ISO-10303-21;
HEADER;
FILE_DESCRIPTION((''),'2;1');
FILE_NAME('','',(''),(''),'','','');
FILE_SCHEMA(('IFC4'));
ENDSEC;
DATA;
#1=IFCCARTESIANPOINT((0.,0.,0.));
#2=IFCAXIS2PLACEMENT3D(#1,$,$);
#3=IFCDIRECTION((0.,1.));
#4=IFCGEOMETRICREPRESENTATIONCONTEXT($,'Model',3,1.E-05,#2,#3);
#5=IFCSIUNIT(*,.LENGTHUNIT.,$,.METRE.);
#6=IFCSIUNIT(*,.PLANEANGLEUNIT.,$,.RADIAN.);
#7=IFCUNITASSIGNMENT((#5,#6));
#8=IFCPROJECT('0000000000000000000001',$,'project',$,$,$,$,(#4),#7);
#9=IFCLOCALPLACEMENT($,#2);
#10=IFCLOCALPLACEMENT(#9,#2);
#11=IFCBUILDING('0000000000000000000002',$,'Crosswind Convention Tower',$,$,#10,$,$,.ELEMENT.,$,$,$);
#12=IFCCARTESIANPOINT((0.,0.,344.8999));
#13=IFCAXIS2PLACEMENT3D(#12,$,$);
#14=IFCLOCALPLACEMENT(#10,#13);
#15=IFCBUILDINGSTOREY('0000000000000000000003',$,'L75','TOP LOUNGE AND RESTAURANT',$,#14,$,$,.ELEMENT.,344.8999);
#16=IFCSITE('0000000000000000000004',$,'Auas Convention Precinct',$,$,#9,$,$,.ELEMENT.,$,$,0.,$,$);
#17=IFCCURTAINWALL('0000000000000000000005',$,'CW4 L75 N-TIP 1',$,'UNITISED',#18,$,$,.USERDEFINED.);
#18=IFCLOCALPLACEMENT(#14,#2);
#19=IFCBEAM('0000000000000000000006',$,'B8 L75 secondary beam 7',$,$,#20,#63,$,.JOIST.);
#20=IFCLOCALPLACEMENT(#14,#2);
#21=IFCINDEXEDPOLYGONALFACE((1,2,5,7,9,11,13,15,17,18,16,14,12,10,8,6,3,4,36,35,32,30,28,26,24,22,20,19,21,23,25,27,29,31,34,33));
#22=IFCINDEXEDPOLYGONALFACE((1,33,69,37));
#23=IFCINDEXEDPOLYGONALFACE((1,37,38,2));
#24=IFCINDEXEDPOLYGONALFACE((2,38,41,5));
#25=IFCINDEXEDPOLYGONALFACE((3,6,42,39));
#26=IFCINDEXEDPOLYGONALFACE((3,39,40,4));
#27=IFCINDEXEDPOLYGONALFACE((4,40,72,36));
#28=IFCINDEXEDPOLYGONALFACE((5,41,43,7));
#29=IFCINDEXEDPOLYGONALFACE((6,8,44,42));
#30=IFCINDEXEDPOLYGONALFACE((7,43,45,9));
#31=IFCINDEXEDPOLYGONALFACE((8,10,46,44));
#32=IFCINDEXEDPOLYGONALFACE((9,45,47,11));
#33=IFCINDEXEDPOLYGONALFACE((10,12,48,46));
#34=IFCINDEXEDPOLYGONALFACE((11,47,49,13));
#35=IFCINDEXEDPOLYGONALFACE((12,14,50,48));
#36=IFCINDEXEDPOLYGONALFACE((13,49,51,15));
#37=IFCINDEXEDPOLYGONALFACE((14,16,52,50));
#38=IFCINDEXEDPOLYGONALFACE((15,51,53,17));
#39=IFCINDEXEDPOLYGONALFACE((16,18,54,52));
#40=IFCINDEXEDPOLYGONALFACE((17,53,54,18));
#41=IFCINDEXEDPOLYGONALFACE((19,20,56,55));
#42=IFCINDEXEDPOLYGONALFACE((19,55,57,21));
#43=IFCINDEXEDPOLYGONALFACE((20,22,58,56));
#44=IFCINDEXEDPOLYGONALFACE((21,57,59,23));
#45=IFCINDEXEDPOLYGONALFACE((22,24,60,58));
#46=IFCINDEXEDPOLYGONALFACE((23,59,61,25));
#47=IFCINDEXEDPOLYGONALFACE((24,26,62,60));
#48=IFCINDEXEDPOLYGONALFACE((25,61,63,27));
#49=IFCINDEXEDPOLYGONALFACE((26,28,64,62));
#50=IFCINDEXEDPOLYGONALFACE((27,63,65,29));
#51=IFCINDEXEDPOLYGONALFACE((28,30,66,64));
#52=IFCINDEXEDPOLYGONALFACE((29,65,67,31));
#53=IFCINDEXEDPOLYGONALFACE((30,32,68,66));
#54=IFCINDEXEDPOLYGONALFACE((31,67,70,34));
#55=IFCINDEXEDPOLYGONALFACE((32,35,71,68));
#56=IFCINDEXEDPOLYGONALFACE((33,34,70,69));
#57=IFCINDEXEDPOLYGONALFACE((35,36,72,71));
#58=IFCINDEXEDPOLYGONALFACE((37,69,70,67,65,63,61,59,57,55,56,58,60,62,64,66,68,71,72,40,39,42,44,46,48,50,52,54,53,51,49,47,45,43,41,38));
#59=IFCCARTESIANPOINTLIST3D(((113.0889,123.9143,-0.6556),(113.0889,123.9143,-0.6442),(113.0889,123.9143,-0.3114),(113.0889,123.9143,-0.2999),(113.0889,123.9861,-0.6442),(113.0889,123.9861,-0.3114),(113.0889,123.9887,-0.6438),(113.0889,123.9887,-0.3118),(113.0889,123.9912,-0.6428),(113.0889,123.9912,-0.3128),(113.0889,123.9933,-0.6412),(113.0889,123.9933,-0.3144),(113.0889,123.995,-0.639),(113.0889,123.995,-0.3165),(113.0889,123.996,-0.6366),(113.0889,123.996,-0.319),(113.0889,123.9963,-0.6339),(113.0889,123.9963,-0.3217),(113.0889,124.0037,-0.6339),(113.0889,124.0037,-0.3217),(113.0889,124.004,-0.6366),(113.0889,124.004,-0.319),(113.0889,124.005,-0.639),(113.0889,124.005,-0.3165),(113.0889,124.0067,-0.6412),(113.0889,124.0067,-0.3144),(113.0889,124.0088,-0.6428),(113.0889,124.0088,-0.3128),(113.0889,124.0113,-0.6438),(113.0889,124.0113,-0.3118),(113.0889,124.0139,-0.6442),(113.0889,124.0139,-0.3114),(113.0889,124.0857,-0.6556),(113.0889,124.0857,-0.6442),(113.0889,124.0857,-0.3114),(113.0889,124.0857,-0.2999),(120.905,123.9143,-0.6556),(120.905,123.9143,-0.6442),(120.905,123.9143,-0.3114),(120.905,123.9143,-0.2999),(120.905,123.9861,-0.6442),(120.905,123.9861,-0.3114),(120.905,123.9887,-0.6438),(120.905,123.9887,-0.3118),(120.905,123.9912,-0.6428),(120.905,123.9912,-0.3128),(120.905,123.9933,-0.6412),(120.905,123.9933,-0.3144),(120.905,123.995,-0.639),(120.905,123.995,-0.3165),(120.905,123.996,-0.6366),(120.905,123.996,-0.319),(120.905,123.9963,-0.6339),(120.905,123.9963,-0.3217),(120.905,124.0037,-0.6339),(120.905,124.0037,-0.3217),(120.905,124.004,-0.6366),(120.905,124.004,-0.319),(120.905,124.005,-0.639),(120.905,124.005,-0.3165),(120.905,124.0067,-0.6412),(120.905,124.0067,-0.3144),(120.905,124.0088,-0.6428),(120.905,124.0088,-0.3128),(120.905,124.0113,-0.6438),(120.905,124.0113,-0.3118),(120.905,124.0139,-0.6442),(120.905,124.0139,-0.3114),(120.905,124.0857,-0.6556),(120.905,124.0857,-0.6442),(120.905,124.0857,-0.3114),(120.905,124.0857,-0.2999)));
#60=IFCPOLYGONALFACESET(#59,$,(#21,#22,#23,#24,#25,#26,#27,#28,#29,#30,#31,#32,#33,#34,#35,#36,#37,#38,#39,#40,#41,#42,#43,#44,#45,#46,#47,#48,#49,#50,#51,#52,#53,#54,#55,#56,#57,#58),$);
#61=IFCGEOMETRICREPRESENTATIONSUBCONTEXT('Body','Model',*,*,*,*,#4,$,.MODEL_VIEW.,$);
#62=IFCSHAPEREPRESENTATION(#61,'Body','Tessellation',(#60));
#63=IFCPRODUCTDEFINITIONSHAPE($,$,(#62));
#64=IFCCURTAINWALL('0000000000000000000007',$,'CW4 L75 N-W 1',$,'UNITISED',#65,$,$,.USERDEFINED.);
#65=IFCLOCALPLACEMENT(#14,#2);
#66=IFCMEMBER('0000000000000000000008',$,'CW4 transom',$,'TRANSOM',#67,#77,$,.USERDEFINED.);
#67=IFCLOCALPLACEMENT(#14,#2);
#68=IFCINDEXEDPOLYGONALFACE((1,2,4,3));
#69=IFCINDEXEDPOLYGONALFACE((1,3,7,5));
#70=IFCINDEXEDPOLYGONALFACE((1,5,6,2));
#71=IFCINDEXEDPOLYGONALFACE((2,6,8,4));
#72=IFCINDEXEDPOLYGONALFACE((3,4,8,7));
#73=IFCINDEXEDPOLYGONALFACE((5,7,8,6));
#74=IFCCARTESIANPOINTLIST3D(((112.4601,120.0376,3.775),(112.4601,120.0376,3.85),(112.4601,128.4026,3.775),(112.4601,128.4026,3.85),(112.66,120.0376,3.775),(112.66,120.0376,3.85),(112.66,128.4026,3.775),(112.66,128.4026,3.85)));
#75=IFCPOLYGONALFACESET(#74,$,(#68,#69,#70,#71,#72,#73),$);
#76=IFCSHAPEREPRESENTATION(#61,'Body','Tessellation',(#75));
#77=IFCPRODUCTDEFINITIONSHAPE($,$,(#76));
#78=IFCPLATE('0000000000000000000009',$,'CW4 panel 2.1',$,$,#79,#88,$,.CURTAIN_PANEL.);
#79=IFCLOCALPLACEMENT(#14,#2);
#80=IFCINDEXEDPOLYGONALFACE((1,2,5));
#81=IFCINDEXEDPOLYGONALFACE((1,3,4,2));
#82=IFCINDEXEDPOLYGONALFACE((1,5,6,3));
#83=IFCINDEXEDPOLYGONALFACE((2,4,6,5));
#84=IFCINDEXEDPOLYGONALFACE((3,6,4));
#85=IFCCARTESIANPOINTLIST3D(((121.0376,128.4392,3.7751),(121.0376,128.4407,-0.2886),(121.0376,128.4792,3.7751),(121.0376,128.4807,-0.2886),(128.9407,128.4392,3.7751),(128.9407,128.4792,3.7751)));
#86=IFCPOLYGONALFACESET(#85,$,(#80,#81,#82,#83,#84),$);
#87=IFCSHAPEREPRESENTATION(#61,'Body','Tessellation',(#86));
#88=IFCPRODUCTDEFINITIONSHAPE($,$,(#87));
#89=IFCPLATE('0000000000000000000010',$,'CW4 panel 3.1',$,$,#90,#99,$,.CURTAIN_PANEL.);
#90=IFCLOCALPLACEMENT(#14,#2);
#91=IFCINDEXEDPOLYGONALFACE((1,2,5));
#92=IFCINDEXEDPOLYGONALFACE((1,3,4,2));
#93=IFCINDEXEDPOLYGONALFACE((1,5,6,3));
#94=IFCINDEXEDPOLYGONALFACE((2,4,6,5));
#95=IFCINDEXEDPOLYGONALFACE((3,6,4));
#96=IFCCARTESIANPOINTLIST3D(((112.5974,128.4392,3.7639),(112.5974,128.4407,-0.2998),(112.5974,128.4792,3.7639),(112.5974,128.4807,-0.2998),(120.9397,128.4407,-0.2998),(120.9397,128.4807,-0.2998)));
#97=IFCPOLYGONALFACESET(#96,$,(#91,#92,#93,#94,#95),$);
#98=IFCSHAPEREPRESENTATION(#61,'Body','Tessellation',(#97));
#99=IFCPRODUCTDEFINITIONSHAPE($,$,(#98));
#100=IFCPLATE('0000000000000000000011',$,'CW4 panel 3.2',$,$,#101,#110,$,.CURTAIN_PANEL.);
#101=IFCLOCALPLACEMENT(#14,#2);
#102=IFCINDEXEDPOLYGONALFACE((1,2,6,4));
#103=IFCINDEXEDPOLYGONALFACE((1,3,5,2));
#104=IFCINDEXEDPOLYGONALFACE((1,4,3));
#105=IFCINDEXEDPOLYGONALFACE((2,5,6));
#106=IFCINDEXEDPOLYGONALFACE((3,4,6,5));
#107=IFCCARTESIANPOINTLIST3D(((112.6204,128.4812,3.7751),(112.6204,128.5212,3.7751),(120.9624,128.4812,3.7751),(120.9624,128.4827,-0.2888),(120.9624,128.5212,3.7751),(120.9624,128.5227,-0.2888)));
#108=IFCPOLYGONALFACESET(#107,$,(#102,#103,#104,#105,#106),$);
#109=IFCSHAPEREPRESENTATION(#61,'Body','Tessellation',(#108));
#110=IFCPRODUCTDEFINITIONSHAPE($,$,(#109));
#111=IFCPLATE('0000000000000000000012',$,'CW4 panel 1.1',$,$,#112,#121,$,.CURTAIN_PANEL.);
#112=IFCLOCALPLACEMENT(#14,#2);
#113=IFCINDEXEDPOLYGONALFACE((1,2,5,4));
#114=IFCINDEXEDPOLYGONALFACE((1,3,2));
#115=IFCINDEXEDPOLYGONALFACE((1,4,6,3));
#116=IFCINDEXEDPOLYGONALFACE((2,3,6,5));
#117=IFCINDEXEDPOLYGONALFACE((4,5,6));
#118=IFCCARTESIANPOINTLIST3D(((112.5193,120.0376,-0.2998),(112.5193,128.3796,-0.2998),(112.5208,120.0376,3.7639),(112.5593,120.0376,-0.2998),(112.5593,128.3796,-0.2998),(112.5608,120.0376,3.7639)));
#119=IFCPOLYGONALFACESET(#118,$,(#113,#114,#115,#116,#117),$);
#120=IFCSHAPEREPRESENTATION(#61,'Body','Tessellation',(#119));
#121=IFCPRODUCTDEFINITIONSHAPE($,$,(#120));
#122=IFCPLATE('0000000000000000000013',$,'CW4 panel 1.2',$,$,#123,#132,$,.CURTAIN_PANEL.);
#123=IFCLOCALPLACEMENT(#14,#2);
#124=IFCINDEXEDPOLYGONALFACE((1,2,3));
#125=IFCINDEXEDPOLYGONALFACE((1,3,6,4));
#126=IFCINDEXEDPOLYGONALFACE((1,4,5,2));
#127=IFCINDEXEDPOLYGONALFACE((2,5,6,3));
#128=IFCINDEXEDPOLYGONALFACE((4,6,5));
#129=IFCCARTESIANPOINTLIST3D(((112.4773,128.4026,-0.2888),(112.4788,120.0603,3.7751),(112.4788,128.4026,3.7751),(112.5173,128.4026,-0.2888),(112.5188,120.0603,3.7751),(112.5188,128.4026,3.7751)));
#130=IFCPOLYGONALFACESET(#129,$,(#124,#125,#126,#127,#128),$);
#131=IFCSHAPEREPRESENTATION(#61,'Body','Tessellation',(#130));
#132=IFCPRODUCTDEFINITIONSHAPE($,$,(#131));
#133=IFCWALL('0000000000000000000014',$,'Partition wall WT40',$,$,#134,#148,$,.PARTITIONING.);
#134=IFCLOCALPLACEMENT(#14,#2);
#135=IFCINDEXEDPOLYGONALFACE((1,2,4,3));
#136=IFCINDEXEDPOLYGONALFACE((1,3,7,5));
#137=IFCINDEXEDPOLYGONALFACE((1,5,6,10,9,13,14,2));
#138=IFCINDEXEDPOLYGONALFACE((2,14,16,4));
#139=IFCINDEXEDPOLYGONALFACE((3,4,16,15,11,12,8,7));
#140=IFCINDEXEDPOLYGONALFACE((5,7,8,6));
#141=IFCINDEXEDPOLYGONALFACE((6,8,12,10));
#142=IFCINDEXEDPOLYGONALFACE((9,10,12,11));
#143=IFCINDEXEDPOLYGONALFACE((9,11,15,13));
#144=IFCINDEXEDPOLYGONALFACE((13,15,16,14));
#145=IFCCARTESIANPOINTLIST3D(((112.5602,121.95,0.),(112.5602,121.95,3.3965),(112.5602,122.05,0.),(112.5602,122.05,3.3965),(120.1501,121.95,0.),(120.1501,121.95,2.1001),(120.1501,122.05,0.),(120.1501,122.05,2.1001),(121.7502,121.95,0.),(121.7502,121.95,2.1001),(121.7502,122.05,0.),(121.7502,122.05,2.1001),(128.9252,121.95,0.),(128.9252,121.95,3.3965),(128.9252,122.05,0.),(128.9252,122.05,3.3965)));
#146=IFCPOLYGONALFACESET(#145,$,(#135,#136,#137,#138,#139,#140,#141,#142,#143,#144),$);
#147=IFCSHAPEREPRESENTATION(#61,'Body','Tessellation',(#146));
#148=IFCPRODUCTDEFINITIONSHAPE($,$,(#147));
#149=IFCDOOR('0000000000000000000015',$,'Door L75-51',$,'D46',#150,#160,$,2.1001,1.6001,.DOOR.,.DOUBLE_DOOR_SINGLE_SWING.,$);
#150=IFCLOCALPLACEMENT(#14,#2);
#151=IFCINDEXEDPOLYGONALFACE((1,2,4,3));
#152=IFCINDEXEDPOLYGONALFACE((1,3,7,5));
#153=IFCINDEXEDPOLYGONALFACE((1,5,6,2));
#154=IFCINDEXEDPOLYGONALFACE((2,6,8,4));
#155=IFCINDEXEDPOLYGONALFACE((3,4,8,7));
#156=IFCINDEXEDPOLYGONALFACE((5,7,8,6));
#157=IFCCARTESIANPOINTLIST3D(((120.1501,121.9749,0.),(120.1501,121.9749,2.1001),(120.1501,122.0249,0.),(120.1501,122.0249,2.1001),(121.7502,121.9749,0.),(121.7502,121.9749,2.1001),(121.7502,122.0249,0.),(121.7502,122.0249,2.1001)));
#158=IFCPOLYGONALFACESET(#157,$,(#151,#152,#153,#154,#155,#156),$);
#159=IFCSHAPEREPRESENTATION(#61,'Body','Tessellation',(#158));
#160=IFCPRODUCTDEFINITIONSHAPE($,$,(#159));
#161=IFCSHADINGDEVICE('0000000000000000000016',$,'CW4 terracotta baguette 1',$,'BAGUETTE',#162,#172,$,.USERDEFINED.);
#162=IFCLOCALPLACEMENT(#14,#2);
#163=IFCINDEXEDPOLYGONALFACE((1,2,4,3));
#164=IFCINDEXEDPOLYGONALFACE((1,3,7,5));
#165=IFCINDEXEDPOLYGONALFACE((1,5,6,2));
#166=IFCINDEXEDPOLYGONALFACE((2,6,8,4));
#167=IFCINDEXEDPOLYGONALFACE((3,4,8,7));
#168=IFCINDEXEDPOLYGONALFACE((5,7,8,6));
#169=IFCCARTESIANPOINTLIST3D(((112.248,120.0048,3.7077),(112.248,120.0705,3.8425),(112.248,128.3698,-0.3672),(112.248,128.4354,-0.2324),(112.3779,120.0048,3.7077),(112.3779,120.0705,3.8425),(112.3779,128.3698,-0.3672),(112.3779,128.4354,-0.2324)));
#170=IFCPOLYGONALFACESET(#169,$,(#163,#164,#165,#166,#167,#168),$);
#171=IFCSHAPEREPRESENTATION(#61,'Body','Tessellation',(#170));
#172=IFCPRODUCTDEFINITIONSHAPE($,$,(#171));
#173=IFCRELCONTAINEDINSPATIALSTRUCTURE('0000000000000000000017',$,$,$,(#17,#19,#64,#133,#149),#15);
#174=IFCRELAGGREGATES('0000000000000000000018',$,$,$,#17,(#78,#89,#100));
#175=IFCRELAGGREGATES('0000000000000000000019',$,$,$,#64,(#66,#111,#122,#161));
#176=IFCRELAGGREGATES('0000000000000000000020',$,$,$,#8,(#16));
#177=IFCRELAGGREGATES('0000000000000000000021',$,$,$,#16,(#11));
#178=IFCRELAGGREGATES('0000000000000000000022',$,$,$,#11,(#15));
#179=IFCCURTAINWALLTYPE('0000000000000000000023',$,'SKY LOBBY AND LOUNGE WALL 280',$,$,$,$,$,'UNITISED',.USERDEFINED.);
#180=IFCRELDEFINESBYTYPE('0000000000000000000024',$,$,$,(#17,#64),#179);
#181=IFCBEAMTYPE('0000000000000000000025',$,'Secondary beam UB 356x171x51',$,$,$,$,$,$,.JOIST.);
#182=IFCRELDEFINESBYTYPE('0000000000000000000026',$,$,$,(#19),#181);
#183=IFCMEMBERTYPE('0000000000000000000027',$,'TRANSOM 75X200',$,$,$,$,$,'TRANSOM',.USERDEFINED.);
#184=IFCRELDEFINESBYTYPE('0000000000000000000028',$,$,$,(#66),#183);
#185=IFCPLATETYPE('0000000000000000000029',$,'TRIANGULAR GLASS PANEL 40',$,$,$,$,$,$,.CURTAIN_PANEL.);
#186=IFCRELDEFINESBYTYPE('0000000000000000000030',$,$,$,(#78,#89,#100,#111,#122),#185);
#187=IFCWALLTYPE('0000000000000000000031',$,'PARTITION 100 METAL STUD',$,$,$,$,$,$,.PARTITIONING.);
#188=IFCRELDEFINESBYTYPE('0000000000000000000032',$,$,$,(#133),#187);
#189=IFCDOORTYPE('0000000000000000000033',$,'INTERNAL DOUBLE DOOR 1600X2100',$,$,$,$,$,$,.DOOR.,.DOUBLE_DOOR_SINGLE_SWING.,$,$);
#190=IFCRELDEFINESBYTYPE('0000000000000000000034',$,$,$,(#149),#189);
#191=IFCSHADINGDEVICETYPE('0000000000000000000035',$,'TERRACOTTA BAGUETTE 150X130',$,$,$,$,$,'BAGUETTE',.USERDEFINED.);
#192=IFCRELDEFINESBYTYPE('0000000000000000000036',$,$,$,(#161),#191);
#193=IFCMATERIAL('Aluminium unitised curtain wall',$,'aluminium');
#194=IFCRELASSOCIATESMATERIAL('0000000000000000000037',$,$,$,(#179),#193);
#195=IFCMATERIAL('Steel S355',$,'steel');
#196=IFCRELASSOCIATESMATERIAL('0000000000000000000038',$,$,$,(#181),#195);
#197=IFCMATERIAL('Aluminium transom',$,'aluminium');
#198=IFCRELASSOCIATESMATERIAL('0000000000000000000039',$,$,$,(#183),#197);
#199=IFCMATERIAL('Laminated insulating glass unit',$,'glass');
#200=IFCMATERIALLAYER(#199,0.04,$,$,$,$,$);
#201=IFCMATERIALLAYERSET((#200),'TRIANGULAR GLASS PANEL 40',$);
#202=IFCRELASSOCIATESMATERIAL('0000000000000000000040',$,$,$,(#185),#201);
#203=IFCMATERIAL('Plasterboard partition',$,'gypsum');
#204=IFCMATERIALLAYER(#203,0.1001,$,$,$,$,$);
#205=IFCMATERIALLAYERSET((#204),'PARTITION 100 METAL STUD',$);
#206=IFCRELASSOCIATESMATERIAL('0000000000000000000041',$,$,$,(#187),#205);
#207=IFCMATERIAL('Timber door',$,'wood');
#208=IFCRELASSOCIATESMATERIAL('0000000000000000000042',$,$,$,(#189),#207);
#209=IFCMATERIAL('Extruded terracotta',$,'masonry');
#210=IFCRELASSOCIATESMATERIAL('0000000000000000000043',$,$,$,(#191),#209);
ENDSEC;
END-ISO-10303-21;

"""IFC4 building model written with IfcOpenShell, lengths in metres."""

from ifc_helpers import new_model, si_unit, direction, frame, frame_2d, origin, origin_2d, place, context, subcontext, project, spatial, polyline, rectangle, i_section, outline, extrude, material, layer, layer_set, material_profile, profile_set, type_object, element, fill, aggregate, save


model = new_model("IFC4")

# Units and contexts
model_context = context("Model", 3, precision=1e-05, world=origin(), true_north=direction((0.0, 1.0)))
body_context = subcontext(model_context, "Body", "Model", "MODEL_VIEW")
ifc_project = project(units=[si_unit("LENGTHUNIT", "METRE"), si_unit("PLANEANGLEUNIT", "RADIAN")], contexts=[model_context])

# Site, building, storey
site_placement = place(None, origin())
site = spatial("IfcSite", under=ifc_project, at=site_placement, Name="Auas Convention Precinct", CompositionType="ELEMENT", RefElevation=0.0)
building_placement = place(site_placement, origin())
building = spatial("IfcBuilding", under=site, at=building_placement, Name="Crosswind Convention Tower", CompositionType="ELEMENT")
storey_placement = place(building_placement, frame((0.0, 0.0, 344.8999)))
storey = spatial("IfcBuildingStorey", under=building, at=storey_placement, Name="L75", Description="TOP LOUNGE AND RESTAURANT", CompositionType="ELEMENT", Elevation=344.8999)

# Shared definitions
ifc_material_1 = material(Name="Steel S355", Category="steel")

# Curtain wall
ifc_material_2 = material(Name="Aluminium unitised curtain wall", Category="aluminium")
curtain_wall_type = type_object("IfcCurtainWallType", Name="SKY LOBBY AND LOUNGE WALL 280", ElementType="UNITISED", PredefinedType="USERDEFINED", material=ifc_material_2)
curtain_wall_1_placement = place(storey_placement, origin())
curtain_wall_1 = element("IfcCurtainWall", 1, at=curtain_wall_1_placement, inside=storey, type_object=curtain_wall_type, Name="CW4 L75 N-TIP 1", ObjectType="UNITISED", PredefinedType="USERDEFINED")

# Beam
ifc_material_profile_1 = material_profile(ifc_material_1, i_section(OverallWidth=0.1714, OverallDepth=0.3557, WebThickness=0.0073, FlangeThickness=0.0115, FilletRadius=0.0103, at=origin_2d()), Name="UB 356x171x51")
ifc_profile_set_1 = profile_set([ifc_material_profile_1], Name="Steel S355")
beam_type_1 = type_object("IfcBeamType", Name="Secondary beam UB 356x171x51", PredefinedType="JOIST", material=ifc_profile_set_1)
beam_1_placement = place(storey_placement, frame((113.0889, 124.0, -0.4778), z_axis=(1.0, 0.0, 0.0), x_axis=(0.0, 1.0, 0.0)))
element("IfcBeam", 2, at=beam_1_placement, inside=storey, type_object=beam_type_1, Name="B8 L75 secondary beam 7", PredefinedType="JOIST", context=body_context, shape_type="SweptSolid", body=[
    extrude(i_section(OverallWidth=0.1714, OverallDepth=0.3557, WebThickness=0.0073, FlangeThickness=0.0115, FilletRadius=0.0103, at=origin_2d()), origin(), (0.0, 0.0, 1.0), 7.8162),
])

# Curtain wall, member
curtain_wall_2_placement = place(storey_placement, origin())
curtain_wall_2 = element("IfcCurtainWall", 3, at=curtain_wall_2_placement, inside=storey, type_object=curtain_wall_type, Name="CW4 L75 N-W 1", ObjectType="UNITISED", PredefinedType="USERDEFINED")
ifc_material_3 = material(Name="Aluminium transom", Category="aluminium")
ifc_material_profile_2 = material_profile(ifc_material_3, rectangle(XDim=0.2, YDim=0.075, at=origin_2d()), Name="AL 200X75")
ifc_profile_set_2 = profile_set([ifc_material_profile_2], Name="Aluminium transom")
member_type_1 = type_object("IfcMemberType", Name="TRANSOM 75X200", ElementType="TRANSOM", PredefinedType="USERDEFINED", material=ifc_profile_set_2)
member_1_placement = place(storey_placement, frame((112.5601, 128.4026, 3.8125), z_axis=(0.0, -1.0, 0.0), x_axis=(1.0, 0.0, 0.0)))
member_1 = element("IfcMember", 4, at=member_1_placement, type_object=member_type_1, Name="CW4 transom", ObjectType="TRANSOM", PredefinedType="USERDEFINED", context=body_context, shape_type="SweptSolid", body=[
    extrude(rectangle(XDim=0.2, YDim=0.075, at=origin_2d()), origin(), (0.0, 0.0, 1.0), 8.365),
])

# Plates
ifc_material_4 = material(Name="Laminated insulating glass unit", Category="glass")
ifc_layer_1 = layer(ifc_material_4, 0.04)
ifc_layer_set_1 = layer_set([ifc_layer_1], Name="TRIANGULAR GLASS PANEL 40")
plate_type = type_object("IfcPlateType", Name="TRIANGULAR GLASS PANEL 40", PredefinedType="CURTAIN_PANEL", material=ifc_layer_set_1)
plate_1_placement = place(storey_placement, frame((121.0376, 128.4792, 3.7751), z_axis=(0.0, 1.0, 0.00036), x_axis=(1.0, 0.0, 0.0)))
plate_1 = element("IfcPlate", 5, at=plate_1_placement, type_object=plate_type, Name="CW4 panel 2.1", PredefinedType="CURTAIN_PANEL", context=body_context, shape_type="SweptSolid", body=[
    extrude(outline(polyline([(0.0, 0.0), (7.9031, 0.0), (0.0, 4.0637), (0.0, 0.0)])), origin(), (0.0, 0.0, -1.0), 0.04),
])
plate_2_placement = place(storey_placement, frame((112.5974, 128.4807, -0.2998), z_axis=(0.0, 1.0, 0.00036), x_axis=(0.0, -0.00036, 1.0)))
plate_2 = element("IfcPlate", 6, at=plate_2_placement, type_object=plate_type, Name="CW4 panel 3.1", PredefinedType="CURTAIN_PANEL", context=body_context, shape_type="SweptSolid", body=[
    extrude(outline(polyline([(0.0, 0.0), (4.0637, 0.0), (0.0, 8.3423), (0.0, 0.0)])), origin(), (0.0, 0.0, -1.0), 0.04),
])
plate_3_placement = place(storey_placement, frame((120.9624, 128.5212, 3.7751), z_axis=(0.0, 1.0, 0.00036), x_axis=(0.0, 0.00036, -1.0)))
plate_3 = element("IfcPlate", 7, at=plate_3_placement, type_object=plate_type, Name="CW4 panel 3.2", PredefinedType="CURTAIN_PANEL", context=body_context, shape_type="SweptSolid", body=[
    extrude(outline(polyline([(0.0, 0.0), (4.064, 0.0), (0.0, 8.342), (0.0, 0.0)])), origin(), (0.0, 0.0, -1.0), 0.04),
])
aggregate(curtain_wall_1, [plate_1, plate_2, plate_3])
plate_4_placement = place(storey_placement, frame((112.5193, 120.0376, -0.2998), z_axis=(-1.0, 0.0, 0.00036), x_axis=(0.00036, 0.0, 1.0)))
plate_4 = element("IfcPlate", 8, at=plate_4_placement, type_object=plate_type, Name="CW4 panel 1.1", PredefinedType="CURTAIN_PANEL", context=body_context, shape_type="SweptSolid", body=[
    extrude(outline(polyline([(0.0, 0.0), (4.0637, 0.0), (0.0, 8.342), (0.0, 0.0)])), origin(), (0.0, 0.0, -1.0), 0.04),
])
plate_5_placement = place(storey_placement, frame((112.4788, 128.4026, 3.7751), z_axis=(-1.0, 0.0, 0.00036), x_axis=(-0.00036, 0.0, -1.0)))
plate_5 = element("IfcPlate", 9, at=plate_5_placement, type_object=plate_type, Name="CW4 panel 1.2", PredefinedType="CURTAIN_PANEL", context=body_context, shape_type="SweptSolid", body=[
    extrude(outline(polyline([(0.0, 0.0), (4.064, 0.0), (0.0, 8.3423), (0.0, 0.0)])), origin(), (0.0, 0.0, -1.0), 0.04),
])

# Wall, opening, door
ifc_material_5 = material(Name="Plasterboard partition", Category="gypsum")
ifc_layer_2 = layer(ifc_material_5, 0.1001)
ifc_layer_set_2 = layer_set([ifc_layer_2], Name="PARTITION 100 METAL STUD")
wall_type = type_object("IfcWallType", Name="PARTITION 100 METAL STUD", PredefinedType="PARTITIONING", material=ifc_layer_set_2)
wall_placement = place(storey_placement, frame((112.5601, 122.0, 0.0), z_axis=(0.0, 0.0, 1.0), x_axis=(1.0, 0.0, 0.0)))
wall = element("IfcWall", 10, at=wall_placement, inside=storey, type_object=wall_type, Name="Partition wall WT40", PredefinedType="PARTITIONING", context=body_context, shape_type="SweptSolid", body=[
    extrude(rectangle(XDim=16.365, YDim=0.1001, at=frame_2d((8.1826, 0.0))), origin(), (0.0, 0.0, 1.0), 3.3965),
])
opening_placement = place(wall_placement, frame((7.5901, 0.0, 0.0)))
opening = element("IfcOpeningElement", 11, at=opening_placement, cuts=wall, PredefinedType="OPENING", context=body_context, shape_type="SweptSolid", body=[
    extrude(rectangle(XDim=1.6001, YDim=2.1001, at=frame_2d((0.8, 1.05))), frame((0.0, 0.0601, 0.0), z_axis=(0.0, -1.0, 0.0), x_axis=(1.0, 0.0, 0.0)), (0.0, 0.0, 1.0), 0.1201),
])
ifc_material_6 = material(Name="Timber door", Category="wood")
door_type = type_object("IfcDoorType", Name="INTERNAL DOUBLE DOOR 1600X2100", OperationType="DOUBLE_DOOR_SINGLE_SWING", PredefinedType="DOOR", material=ifc_material_6)
door_placement = place(opening_placement, origin())
door = element("IfcDoor", 12, at=door_placement, inside=storey, type_object=door_type, Name="Door L75-51", ObjectType="D46", OperationType="DOUBLE_DOOR_SINGLE_SWING", OverallHeight=2.1001, OverallWidth=1.6001, PredefinedType="DOOR", context=body_context, shape_type="SweptSolid", body=[
    extrude(rectangle(XDim=1.6001, YDim=2.1001, at=frame_2d((0.8, 1.05))), frame((0.0, 0.0249, 0.0), z_axis=(0.0, -1.0, 0.0), x_axis=(1.0, 0.0, 0.0)), (0.0, 0.0, 1.0), 0.05),
])
fill(opening, door)

# Shading device
ifc_material_7 = material(Name="Extruded terracotta", Category="masonry")
ifc_material_profile_3 = material_profile(ifc_material_7, rectangle(XDim=0.1299, YDim=0.1499, at=origin_2d()), Name="TC 130X150")
ifc_profile_set_3 = profile_set([ifc_material_profile_3], Name="Extruded terracotta")
shading_device_type = type_object("IfcShadingDeviceType", Name="TERRACOTTA BAGUETTE 150X130", ElementType="BAGUETTE", PredefinedType="USERDEFINED", material=ifc_profile_set_3)
shading_device_placement = place(storey_placement, frame((112.313, 128.4026, -0.2998), z_axis=(0.0, -0.899003, 0.437943), x_axis=(1.0, 0.0, 0.0)))
shading_device = element("IfcShadingDevice", 13, at=shading_device_placement, type_object=shading_device_type, Name="CW4 terracotta baguette 1", ObjectType="BAGUETTE", PredefinedType="USERDEFINED", context=body_context, shape_type="SweptSolid", body=[
    extrude(rectangle(XDim=0.1299, YDim=0.1499, at=origin_2d()), origin(), (0.0, 0.0, 1.0), 9.3047),
])
aggregate(curtain_wall_2, [member_1, plate_4, plate_5, shading_device])

save(model, "model.ifc")
